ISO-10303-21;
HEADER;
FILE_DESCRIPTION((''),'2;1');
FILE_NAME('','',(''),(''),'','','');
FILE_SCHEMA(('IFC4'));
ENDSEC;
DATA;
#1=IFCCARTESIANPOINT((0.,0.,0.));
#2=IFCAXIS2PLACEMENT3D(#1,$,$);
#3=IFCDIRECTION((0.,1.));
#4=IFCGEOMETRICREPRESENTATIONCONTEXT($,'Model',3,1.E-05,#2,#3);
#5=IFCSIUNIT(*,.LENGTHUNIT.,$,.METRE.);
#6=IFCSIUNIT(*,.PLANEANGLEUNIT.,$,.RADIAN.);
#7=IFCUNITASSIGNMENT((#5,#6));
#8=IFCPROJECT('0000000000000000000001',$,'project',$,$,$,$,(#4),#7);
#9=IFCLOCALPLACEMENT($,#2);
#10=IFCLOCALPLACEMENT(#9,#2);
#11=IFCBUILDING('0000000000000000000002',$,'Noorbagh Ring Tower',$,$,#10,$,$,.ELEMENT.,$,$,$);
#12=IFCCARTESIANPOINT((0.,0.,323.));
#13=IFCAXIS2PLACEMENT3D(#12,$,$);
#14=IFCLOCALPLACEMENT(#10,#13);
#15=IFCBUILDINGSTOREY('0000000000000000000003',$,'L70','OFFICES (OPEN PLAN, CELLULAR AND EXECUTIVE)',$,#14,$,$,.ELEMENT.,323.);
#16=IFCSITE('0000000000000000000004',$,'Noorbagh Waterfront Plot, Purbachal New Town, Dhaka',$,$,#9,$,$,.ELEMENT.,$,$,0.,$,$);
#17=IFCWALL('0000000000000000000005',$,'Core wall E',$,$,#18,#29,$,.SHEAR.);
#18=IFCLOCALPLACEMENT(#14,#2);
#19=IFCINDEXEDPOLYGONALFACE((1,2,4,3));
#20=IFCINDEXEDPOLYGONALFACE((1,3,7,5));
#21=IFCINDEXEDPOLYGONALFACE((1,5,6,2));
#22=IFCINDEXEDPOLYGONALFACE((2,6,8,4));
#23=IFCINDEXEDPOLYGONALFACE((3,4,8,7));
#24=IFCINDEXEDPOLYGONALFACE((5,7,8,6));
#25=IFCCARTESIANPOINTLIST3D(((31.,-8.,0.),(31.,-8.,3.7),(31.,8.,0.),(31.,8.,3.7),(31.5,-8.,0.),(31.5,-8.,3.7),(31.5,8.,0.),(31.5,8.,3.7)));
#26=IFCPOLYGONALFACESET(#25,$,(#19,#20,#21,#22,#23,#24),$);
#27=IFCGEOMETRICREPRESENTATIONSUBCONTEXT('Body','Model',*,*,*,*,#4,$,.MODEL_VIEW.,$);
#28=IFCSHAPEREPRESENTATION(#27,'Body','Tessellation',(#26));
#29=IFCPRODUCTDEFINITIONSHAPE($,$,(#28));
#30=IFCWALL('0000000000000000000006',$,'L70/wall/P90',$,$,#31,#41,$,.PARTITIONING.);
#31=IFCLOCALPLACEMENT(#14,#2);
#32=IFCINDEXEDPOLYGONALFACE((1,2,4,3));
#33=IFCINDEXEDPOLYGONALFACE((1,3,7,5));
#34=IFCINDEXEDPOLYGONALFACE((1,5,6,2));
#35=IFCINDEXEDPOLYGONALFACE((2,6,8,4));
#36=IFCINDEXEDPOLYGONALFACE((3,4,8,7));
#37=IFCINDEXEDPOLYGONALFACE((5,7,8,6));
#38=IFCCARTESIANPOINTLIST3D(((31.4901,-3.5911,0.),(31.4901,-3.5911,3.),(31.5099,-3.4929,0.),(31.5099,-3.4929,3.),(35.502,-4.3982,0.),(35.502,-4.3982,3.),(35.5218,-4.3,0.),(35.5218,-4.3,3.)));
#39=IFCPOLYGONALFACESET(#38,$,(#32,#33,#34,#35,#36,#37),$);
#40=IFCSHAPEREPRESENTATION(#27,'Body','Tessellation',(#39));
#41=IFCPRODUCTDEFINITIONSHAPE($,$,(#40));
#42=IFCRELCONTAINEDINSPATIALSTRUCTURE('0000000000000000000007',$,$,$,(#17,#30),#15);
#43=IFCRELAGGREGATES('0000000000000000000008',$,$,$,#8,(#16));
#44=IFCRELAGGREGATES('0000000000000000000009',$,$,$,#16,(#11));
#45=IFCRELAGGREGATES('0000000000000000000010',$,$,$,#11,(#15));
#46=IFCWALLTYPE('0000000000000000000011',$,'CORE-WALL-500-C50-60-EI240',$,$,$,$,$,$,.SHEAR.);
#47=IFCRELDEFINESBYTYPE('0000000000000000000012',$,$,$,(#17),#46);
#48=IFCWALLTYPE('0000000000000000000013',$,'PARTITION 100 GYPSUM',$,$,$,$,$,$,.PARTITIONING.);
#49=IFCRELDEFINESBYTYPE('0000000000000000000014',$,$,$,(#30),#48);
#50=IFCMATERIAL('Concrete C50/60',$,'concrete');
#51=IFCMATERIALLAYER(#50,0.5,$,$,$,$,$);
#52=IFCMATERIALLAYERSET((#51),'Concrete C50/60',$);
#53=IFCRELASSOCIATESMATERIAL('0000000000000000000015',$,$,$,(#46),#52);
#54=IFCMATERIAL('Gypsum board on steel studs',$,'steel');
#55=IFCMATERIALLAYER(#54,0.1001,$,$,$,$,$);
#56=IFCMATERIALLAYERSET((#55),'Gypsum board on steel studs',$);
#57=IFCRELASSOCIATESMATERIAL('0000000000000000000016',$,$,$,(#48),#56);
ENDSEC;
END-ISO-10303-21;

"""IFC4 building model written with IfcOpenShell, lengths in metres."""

from ifc_helpers import new_model, si_unit, direction, frame, frame_2d, origin, place, context, subcontext, project, spatial, rectangle, extrude, material, layer, layer_set, type_object, element, save


model = new_model("IFC4")

# Units and contexts
model_context = context("Model", 3, precision=1e-05, world=origin(), true_north=direction((0.0, 1.0)))
body_context = subcontext(model_context, "Body", "Model", "MODEL_VIEW")
ifc_project = project(units=[si_unit("LENGTHUNIT", "METRE"), si_unit("PLANEANGLEUNIT", "RADIAN")], contexts=[model_context])

# Site, building, storey
site_placement = place(None, origin())
site = spatial("IfcSite", under=ifc_project, at=site_placement, Name="Noorbagh Waterfront Plot, Purbachal New Town, Dhaka", CompositionType="ELEMENT", RefElevation=0.0)
building_placement = place(site_placement, origin())
building = spatial("IfcBuilding", under=site, at=building_placement, Name="Noorbagh Ring Tower", CompositionType="ELEMENT")
storey_placement = place(building_placement, frame((0.0, 0.0, 323.0)))
storey = spatial("IfcBuildingStorey", under=building, at=storey_placement, Name="L70", Description="OFFICES (OPEN PLAN, CELLULAR AND EXECUTIVE)", CompositionType="ELEMENT", Elevation=323.0)

# Walls
ifc_material_1 = material(Name="Concrete C50/60", Category="concrete")
ifc_layer_1 = layer(ifc_material_1, 0.5)
ifc_layer_set_1 = layer_set([ifc_layer_1], Name="Concrete C50/60")
wall_type_1 = type_object("IfcWallType", Name="CORE-WALL-500-C50-60-EI240", PredefinedType="SHEAR", material=ifc_layer_set_1)
wall_1_placement = place(storey_placement, frame((31.25, -8.0, 0.0), z_axis=(0.0, 0.0, 1.0), x_axis=(0.0, 1.0, 0.0)))
element("IfcWall", 1, at=wall_1_placement, inside=storey, type_object=wall_type_1, Name="Core wall E", PredefinedType="SHEAR", context=body_context, shape_type="SweptSolid", body=[
    extrude(rectangle(XDim=16.0, YDim=0.5, at=frame_2d((8.0, 0.0))), origin(), (0.0, 0.0, 1.0), 3.7),
])
ifc_material_2 = material(Name="Gypsum board on steel studs", Category="steel")
ifc_layer_2 = layer(ifc_material_2, 0.1001)
ifc_layer_set_2 = layer_set([ifc_layer_2], Name="Gypsum board on steel studs")
wall_type_2 = type_object("IfcWallType", Name="PARTITION 100 GYPSUM", PredefinedType="PARTITIONING", material=ifc_layer_set_2)
wall_2_placement = place(storey_placement, frame((31.5, -3.542, 0.0), z_axis=(0.0, 0.0, 1.0), x_axis=(0.980357, -0.197229, 0.0)))
element("IfcWall", 2, at=wall_2_placement, inside=storey, type_object=wall_type_2, Name="L70/wall/P90", PredefinedType="PARTITIONING", context=body_context, shape_type="SweptSolid", body=[
    extrude(rectangle(XDim=4.0923, YDim=0.1001, at=frame_2d((2.0461, 0.0))), origin(), (0.0, 0.0, 1.0), 3.0),
])

save(model, "model.ifc")
